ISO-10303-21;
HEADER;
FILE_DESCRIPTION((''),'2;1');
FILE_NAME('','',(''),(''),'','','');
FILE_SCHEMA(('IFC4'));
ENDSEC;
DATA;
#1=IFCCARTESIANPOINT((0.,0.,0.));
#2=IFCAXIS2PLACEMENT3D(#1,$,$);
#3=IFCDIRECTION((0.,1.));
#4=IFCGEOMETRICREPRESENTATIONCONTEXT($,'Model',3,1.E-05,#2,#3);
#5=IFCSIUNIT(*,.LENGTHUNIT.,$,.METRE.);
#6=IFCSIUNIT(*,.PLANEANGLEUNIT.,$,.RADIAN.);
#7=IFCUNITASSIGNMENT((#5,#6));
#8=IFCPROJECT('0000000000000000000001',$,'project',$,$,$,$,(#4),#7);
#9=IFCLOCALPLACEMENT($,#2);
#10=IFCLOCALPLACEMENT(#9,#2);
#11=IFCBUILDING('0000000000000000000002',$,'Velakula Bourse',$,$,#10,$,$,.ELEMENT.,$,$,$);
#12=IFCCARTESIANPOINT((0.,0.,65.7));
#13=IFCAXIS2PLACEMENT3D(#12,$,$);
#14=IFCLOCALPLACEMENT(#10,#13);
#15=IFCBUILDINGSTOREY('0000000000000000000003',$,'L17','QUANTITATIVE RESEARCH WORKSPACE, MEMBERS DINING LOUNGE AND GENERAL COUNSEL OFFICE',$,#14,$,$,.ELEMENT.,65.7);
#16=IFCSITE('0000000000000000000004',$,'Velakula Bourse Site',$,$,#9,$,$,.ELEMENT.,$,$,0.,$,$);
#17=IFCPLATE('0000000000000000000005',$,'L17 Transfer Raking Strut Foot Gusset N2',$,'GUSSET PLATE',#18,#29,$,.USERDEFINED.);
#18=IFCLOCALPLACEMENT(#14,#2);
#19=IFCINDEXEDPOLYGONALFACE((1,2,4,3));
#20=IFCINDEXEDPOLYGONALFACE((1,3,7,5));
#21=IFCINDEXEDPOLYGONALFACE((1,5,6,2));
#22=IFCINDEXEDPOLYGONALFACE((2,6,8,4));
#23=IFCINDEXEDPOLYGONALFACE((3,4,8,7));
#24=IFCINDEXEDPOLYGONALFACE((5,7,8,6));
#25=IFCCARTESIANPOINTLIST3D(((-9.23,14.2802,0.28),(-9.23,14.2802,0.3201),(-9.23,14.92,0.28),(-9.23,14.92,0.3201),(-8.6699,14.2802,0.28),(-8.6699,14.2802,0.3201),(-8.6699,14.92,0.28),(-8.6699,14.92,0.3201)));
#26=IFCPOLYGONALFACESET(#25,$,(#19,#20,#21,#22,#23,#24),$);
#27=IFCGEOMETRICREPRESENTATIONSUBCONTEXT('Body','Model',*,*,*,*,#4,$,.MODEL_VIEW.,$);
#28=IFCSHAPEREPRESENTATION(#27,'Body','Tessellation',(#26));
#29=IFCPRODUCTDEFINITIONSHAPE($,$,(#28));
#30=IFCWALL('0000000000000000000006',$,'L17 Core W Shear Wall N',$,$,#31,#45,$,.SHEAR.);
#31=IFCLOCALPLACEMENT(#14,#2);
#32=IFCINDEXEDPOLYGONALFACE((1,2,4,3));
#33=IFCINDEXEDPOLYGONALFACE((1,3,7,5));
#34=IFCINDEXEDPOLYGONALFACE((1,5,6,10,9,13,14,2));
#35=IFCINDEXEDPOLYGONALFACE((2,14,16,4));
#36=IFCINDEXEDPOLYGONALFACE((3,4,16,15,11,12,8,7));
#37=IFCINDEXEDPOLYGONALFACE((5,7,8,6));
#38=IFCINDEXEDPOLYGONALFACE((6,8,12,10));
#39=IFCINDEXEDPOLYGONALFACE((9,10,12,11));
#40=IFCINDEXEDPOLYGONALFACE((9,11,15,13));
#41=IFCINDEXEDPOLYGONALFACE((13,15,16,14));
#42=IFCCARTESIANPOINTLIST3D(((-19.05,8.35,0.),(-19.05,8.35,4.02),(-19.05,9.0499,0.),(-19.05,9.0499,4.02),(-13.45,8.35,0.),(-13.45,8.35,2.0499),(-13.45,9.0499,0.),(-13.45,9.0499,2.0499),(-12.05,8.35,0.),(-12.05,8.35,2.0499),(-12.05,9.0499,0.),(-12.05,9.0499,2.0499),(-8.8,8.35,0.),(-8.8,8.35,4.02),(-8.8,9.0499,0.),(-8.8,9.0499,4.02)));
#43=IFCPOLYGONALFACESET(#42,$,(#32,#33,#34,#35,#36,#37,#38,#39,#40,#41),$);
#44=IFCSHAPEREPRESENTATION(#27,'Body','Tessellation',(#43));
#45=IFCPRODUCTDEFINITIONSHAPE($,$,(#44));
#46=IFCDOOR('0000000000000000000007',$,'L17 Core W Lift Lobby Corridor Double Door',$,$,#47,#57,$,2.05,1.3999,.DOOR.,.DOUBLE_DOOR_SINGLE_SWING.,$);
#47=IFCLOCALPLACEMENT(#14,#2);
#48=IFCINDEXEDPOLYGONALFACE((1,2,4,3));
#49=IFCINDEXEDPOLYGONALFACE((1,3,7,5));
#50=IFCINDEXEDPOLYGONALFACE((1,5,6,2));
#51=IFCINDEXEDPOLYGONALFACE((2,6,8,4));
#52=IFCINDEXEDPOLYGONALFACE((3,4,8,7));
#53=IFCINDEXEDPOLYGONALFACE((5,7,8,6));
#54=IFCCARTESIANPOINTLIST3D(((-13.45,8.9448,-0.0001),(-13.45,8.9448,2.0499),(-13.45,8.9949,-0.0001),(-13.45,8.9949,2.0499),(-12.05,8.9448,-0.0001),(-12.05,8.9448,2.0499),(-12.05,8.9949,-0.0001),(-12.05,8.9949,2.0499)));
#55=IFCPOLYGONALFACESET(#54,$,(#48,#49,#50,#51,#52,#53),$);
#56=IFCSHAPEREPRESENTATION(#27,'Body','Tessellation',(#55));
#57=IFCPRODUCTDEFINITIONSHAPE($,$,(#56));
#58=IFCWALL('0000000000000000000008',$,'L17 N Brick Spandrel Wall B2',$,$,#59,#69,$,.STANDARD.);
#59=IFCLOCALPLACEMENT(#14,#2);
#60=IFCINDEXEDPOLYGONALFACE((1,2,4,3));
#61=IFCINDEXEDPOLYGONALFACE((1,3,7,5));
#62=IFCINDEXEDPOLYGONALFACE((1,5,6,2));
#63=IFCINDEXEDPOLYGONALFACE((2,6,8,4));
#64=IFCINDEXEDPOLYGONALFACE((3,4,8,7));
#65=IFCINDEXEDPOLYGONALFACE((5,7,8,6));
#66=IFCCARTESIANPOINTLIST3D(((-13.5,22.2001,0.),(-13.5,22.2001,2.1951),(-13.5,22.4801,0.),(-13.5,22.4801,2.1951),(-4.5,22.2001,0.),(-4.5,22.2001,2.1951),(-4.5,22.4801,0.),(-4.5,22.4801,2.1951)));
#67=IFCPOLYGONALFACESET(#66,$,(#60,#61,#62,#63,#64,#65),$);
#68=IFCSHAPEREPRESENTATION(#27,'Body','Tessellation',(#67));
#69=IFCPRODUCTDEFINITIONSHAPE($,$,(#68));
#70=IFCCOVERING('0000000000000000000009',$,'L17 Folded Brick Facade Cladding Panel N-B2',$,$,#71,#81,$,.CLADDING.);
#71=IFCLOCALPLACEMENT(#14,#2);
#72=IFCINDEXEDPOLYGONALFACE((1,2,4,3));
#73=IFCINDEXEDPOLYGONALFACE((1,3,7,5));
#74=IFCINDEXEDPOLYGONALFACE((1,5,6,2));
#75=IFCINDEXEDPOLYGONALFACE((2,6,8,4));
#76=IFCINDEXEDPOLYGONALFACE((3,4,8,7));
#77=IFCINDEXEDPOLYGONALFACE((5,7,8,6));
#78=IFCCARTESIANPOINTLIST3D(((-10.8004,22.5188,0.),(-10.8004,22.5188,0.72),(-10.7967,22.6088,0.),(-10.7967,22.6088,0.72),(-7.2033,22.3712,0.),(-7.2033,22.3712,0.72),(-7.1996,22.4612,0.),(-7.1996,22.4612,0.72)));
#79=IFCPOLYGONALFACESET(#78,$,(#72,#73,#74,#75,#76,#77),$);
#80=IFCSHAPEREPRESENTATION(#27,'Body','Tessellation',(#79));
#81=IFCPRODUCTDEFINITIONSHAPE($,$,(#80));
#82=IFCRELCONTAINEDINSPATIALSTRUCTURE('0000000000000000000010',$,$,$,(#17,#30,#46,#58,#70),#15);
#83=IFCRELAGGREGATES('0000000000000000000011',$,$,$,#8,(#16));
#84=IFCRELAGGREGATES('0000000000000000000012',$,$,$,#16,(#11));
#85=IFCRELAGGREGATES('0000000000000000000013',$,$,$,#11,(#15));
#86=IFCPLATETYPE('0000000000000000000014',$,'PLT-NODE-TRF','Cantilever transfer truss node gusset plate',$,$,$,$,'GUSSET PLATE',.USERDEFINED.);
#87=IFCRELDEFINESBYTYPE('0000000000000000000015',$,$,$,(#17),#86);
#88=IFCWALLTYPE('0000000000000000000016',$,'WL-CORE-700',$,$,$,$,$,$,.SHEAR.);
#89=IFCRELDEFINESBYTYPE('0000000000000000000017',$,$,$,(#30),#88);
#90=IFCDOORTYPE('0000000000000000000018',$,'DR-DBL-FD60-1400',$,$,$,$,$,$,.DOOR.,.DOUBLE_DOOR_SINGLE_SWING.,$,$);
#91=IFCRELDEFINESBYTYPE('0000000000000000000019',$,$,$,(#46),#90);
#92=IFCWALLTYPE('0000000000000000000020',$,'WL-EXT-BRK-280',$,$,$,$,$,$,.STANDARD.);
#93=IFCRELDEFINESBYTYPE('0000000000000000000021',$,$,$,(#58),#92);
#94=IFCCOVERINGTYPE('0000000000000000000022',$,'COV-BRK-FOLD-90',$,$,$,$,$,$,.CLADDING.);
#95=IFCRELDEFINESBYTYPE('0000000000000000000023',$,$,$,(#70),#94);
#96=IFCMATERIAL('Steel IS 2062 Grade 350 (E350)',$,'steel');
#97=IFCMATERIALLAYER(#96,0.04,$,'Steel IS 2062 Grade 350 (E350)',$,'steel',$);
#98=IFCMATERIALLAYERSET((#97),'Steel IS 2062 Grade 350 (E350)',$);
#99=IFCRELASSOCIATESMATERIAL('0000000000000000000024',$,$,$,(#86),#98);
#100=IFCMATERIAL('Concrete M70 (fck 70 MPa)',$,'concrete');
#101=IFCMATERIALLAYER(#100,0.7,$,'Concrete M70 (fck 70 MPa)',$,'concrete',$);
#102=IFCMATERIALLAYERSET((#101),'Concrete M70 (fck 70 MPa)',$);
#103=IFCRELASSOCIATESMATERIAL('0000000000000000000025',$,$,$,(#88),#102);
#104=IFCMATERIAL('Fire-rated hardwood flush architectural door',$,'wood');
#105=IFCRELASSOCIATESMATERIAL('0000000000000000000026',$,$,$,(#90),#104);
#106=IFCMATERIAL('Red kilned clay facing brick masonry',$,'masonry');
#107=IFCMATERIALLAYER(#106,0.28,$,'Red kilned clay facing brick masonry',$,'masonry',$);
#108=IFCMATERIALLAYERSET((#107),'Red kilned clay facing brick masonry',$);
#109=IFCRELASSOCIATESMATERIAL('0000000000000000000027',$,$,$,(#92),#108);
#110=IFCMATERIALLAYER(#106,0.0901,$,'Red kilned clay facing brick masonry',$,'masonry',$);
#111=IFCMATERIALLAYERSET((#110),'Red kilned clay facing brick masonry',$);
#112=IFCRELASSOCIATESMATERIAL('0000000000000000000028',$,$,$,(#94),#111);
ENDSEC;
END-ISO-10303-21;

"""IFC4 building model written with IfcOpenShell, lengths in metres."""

from ifc_helpers import new_model, si_unit, direction, frame, frame_2d, origin, origin_2d, place, context, subcontext, project, spatial, rectangle, extrude, material, layer, layer_set, type_object, element, fill, save


model = new_model("IFC4")

# Units and contexts
model_context = context("Model", 3, precision=1e-05, world=origin(), true_north=direction((0.0, 1.0)))
body_context = subcontext(model_context, "Body", "Model", "MODEL_VIEW")
ifc_project = project(units=[si_unit("LENGTHUNIT", "METRE"), si_unit("PLANEANGLEUNIT", "RADIAN")], contexts=[model_context])

# Site, building, storey
site_placement = place(None, origin())
site = spatial("IfcSite", under=ifc_project, at=site_placement, Name="Velakula Bourse Site", CompositionType="ELEMENT", RefElevation=0.0)
building_placement = place(site_placement, origin())
building = spatial("IfcBuilding", under=site, at=building_placement, Name="Velakula Bourse", CompositionType="ELEMENT")
storey_placement = place(building_placement, frame((0.0, 0.0, 65.7)))
storey = spatial("IfcBuildingStorey", under=building, at=storey_placement, Name="L17", Description="QUANTITATIVE RESEARCH WORKSPACE, MEMBERS DINING LOUNGE AND GENERAL COUNSEL OFFICE", CompositionType="ELEMENT", Elevation=65.7)

# Shared definitions
ifc_material_1 = material(Name="Steel IS 2062 Grade 350 (E350)", Category="steel")

# Plate
ifc_layer_1 = layer(ifc_material_1, 0.04, Name="Steel IS 2062 Grade 350 (E350)", Category="steel")
ifc_layer_set_1 = layer_set([ifc_layer_1], Name="Steel IS 2062 Grade 350 (E350)")
plate_type = type_object("IfcPlateType", Name="PLT-NODE-TRF", Description="Cantilever transfer truss node gusset plate", ElementType="GUSSET PLATE", PredefinedType="USERDEFINED", material=ifc_layer_set_1)
plate_placement = place(storey_placement, frame((-8.95, 14.6001, 0.28), z_axis=(0.0, 0.0, 1.0), x_axis=(0.0, 1.0, 0.0)))
element("IfcPlate", 1, at=plate_placement, inside=storey, type_object=plate_type, Name="L17 Transfer Raking Strut Foot Gusset N2", ObjectType="GUSSET PLATE", PredefinedType="USERDEFINED", context=body_context, shape_type="SweptSolid", body=[
    extrude(rectangle(XDim=0.6399, YDim=0.5601, at=origin_2d()), origin(), (0.0, 0.0, 1.0), 0.04),
])

# Wall, opening, door
ifc_material_2 = material(Name="Concrete M70 (fck 70 MPa)", Category="concrete")
ifc_layer_2 = layer(ifc_material_2, 0.7, Name="Concrete M70 (fck 70 MPa)", Category="concrete")
ifc_layer_set_2 = layer_set([ifc_layer_2], Name="Concrete M70 (fck 70 MPa)")
wall_type_1 = type_object("IfcWallType", Name="WL-CORE-700", PredefinedType="SHEAR", material=ifc_layer_set_2)
wall_1_placement = place(storey_placement, frame((-19.05, 8.7, 0.0), z_axis=(0.0, 0.0, 1.0), x_axis=(1.0, 0.0, 0.0)))
wall_1 = element("IfcWall", 2, at=wall_1_placement, inside=storey, type_object=wall_type_1, Name="L17 Core W Shear Wall N", PredefinedType="SHEAR", context=body_context, shape_type="SweptSolid", body=[
    extrude(rectangle(XDim=10.25, YDim=0.7, at=frame_2d((5.125, 0.0))), origin(), (0.0, 0.0, 1.0), 4.02),
])
opening_placement = place(wall_1_placement, frame((5.6001, 0.0, 0.0)))
opening = element("IfcOpeningElement", 3, at=opening_placement, cuts=wall_1, PredefinedType="OPENING", context=body_context, shape_type="SweptSolid", body=[
    extrude(rectangle(XDim=1.3999, YDim=2.05, at=frame_2d((0.7, 1.0249))), frame((0.0, 0.3599, 0.0), z_axis=(0.0, -1.0, 0.0), x_axis=(1.0, 0.0, 0.0)), (0.0, 0.0, 1.0), 0.72),
])
ifc_material_3 = material(Name="Fire-rated hardwood flush architectural door", Category="wood")
door_type = type_object("IfcDoorType", Name="DR-DBL-FD60-1400", OperationType="DOUBLE_DOOR_SINGLE_SWING", PredefinedType="DOOR", material=ifc_material_3)
door_placement = place(opening_placement, origin())
door = element("IfcDoor", 4, at=door_placement, inside=storey, type_object=door_type, Name="L17 Core W Lift Lobby Corridor Double Door", OperationType="DOUBLE_DOOR_SINGLE_SWING", OverallHeight=2.05, OverallWidth=1.3999, PredefinedType="DOOR", context=body_context, shape_type="SweptSolid", body=[
    extrude(rectangle(XDim=1.3999, YDim=2.05, at=frame_2d((0.7, 1.0249))), frame((0.0, 0.2949, 0.0), z_axis=(0.0, -1.0, 0.0), x_axis=(1.0, 0.0, 0.0)), (0.0, 0.0, 1.0), 0.05),
])
fill(opening, door)

# Wall
ifc_material_4 = material(Name="Red kilned clay facing brick masonry", Category="masonry")
ifc_layer_3 = layer(ifc_material_4, 0.28, Name="Red kilned clay facing brick masonry", Category="masonry")
ifc_layer_set_3 = layer_set([ifc_layer_3], Name="Red kilned clay facing brick masonry")
wall_type_2 = type_object("IfcWallType", Name="WL-EXT-BRK-280", PredefinedType="STANDARD", material=ifc_layer_set_3)
wall_2_placement = place(storey_placement, frame((-13.5, 22.3401, 0.0), z_axis=(0.0, 0.0, 1.0), x_axis=(1.0, 0.0, 0.0)))
element("IfcWall", 5, at=wall_2_placement, inside=storey, type_object=wall_type_2, Name="L17 N Brick Spandrel Wall B2", PredefinedType="STANDARD", context=body_context, shape_type="SweptSolid", body=[
    extrude(rectangle(XDim=9.0, YDim=0.28, at=frame_2d((4.5, 0.0))), origin(), (0.0, 0.0, 1.0), 2.1951),
])

# Covering
ifc_layer_4 = layer(ifc_material_4, 0.0901, Name="Red kilned clay facing brick masonry", Category="masonry")
ifc_layer_set_4 = layer_set([ifc_layer_4], Name="Red kilned clay facing brick masonry")
covering_type = type_object("IfcCoveringType", Name="COV-BRK-FOLD-90", PredefinedType="CLADDING", material=ifc_layer_set_4)
covering_placement = place(storey_placement, frame((-9.0, 22.49, 0.0), z_axis=(0.0, 0.0, 1.0), x_axis=(0.999159, -0.041004, 0.0)))
element("IfcCovering", 6, at=covering_placement, inside=storey, type_object=covering_type, Name="L17 Folded Brick Facade Cladding Panel N-B2", PredefinedType="CLADDING", context=body_context, shape_type="SweptSolid", body=[
    extrude(rectangle(XDim=3.6001, YDim=0.0901, at=origin_2d()), origin(), (0.0, 0.0, 1.0), 0.72),
])

save(model, "model.ifc")
